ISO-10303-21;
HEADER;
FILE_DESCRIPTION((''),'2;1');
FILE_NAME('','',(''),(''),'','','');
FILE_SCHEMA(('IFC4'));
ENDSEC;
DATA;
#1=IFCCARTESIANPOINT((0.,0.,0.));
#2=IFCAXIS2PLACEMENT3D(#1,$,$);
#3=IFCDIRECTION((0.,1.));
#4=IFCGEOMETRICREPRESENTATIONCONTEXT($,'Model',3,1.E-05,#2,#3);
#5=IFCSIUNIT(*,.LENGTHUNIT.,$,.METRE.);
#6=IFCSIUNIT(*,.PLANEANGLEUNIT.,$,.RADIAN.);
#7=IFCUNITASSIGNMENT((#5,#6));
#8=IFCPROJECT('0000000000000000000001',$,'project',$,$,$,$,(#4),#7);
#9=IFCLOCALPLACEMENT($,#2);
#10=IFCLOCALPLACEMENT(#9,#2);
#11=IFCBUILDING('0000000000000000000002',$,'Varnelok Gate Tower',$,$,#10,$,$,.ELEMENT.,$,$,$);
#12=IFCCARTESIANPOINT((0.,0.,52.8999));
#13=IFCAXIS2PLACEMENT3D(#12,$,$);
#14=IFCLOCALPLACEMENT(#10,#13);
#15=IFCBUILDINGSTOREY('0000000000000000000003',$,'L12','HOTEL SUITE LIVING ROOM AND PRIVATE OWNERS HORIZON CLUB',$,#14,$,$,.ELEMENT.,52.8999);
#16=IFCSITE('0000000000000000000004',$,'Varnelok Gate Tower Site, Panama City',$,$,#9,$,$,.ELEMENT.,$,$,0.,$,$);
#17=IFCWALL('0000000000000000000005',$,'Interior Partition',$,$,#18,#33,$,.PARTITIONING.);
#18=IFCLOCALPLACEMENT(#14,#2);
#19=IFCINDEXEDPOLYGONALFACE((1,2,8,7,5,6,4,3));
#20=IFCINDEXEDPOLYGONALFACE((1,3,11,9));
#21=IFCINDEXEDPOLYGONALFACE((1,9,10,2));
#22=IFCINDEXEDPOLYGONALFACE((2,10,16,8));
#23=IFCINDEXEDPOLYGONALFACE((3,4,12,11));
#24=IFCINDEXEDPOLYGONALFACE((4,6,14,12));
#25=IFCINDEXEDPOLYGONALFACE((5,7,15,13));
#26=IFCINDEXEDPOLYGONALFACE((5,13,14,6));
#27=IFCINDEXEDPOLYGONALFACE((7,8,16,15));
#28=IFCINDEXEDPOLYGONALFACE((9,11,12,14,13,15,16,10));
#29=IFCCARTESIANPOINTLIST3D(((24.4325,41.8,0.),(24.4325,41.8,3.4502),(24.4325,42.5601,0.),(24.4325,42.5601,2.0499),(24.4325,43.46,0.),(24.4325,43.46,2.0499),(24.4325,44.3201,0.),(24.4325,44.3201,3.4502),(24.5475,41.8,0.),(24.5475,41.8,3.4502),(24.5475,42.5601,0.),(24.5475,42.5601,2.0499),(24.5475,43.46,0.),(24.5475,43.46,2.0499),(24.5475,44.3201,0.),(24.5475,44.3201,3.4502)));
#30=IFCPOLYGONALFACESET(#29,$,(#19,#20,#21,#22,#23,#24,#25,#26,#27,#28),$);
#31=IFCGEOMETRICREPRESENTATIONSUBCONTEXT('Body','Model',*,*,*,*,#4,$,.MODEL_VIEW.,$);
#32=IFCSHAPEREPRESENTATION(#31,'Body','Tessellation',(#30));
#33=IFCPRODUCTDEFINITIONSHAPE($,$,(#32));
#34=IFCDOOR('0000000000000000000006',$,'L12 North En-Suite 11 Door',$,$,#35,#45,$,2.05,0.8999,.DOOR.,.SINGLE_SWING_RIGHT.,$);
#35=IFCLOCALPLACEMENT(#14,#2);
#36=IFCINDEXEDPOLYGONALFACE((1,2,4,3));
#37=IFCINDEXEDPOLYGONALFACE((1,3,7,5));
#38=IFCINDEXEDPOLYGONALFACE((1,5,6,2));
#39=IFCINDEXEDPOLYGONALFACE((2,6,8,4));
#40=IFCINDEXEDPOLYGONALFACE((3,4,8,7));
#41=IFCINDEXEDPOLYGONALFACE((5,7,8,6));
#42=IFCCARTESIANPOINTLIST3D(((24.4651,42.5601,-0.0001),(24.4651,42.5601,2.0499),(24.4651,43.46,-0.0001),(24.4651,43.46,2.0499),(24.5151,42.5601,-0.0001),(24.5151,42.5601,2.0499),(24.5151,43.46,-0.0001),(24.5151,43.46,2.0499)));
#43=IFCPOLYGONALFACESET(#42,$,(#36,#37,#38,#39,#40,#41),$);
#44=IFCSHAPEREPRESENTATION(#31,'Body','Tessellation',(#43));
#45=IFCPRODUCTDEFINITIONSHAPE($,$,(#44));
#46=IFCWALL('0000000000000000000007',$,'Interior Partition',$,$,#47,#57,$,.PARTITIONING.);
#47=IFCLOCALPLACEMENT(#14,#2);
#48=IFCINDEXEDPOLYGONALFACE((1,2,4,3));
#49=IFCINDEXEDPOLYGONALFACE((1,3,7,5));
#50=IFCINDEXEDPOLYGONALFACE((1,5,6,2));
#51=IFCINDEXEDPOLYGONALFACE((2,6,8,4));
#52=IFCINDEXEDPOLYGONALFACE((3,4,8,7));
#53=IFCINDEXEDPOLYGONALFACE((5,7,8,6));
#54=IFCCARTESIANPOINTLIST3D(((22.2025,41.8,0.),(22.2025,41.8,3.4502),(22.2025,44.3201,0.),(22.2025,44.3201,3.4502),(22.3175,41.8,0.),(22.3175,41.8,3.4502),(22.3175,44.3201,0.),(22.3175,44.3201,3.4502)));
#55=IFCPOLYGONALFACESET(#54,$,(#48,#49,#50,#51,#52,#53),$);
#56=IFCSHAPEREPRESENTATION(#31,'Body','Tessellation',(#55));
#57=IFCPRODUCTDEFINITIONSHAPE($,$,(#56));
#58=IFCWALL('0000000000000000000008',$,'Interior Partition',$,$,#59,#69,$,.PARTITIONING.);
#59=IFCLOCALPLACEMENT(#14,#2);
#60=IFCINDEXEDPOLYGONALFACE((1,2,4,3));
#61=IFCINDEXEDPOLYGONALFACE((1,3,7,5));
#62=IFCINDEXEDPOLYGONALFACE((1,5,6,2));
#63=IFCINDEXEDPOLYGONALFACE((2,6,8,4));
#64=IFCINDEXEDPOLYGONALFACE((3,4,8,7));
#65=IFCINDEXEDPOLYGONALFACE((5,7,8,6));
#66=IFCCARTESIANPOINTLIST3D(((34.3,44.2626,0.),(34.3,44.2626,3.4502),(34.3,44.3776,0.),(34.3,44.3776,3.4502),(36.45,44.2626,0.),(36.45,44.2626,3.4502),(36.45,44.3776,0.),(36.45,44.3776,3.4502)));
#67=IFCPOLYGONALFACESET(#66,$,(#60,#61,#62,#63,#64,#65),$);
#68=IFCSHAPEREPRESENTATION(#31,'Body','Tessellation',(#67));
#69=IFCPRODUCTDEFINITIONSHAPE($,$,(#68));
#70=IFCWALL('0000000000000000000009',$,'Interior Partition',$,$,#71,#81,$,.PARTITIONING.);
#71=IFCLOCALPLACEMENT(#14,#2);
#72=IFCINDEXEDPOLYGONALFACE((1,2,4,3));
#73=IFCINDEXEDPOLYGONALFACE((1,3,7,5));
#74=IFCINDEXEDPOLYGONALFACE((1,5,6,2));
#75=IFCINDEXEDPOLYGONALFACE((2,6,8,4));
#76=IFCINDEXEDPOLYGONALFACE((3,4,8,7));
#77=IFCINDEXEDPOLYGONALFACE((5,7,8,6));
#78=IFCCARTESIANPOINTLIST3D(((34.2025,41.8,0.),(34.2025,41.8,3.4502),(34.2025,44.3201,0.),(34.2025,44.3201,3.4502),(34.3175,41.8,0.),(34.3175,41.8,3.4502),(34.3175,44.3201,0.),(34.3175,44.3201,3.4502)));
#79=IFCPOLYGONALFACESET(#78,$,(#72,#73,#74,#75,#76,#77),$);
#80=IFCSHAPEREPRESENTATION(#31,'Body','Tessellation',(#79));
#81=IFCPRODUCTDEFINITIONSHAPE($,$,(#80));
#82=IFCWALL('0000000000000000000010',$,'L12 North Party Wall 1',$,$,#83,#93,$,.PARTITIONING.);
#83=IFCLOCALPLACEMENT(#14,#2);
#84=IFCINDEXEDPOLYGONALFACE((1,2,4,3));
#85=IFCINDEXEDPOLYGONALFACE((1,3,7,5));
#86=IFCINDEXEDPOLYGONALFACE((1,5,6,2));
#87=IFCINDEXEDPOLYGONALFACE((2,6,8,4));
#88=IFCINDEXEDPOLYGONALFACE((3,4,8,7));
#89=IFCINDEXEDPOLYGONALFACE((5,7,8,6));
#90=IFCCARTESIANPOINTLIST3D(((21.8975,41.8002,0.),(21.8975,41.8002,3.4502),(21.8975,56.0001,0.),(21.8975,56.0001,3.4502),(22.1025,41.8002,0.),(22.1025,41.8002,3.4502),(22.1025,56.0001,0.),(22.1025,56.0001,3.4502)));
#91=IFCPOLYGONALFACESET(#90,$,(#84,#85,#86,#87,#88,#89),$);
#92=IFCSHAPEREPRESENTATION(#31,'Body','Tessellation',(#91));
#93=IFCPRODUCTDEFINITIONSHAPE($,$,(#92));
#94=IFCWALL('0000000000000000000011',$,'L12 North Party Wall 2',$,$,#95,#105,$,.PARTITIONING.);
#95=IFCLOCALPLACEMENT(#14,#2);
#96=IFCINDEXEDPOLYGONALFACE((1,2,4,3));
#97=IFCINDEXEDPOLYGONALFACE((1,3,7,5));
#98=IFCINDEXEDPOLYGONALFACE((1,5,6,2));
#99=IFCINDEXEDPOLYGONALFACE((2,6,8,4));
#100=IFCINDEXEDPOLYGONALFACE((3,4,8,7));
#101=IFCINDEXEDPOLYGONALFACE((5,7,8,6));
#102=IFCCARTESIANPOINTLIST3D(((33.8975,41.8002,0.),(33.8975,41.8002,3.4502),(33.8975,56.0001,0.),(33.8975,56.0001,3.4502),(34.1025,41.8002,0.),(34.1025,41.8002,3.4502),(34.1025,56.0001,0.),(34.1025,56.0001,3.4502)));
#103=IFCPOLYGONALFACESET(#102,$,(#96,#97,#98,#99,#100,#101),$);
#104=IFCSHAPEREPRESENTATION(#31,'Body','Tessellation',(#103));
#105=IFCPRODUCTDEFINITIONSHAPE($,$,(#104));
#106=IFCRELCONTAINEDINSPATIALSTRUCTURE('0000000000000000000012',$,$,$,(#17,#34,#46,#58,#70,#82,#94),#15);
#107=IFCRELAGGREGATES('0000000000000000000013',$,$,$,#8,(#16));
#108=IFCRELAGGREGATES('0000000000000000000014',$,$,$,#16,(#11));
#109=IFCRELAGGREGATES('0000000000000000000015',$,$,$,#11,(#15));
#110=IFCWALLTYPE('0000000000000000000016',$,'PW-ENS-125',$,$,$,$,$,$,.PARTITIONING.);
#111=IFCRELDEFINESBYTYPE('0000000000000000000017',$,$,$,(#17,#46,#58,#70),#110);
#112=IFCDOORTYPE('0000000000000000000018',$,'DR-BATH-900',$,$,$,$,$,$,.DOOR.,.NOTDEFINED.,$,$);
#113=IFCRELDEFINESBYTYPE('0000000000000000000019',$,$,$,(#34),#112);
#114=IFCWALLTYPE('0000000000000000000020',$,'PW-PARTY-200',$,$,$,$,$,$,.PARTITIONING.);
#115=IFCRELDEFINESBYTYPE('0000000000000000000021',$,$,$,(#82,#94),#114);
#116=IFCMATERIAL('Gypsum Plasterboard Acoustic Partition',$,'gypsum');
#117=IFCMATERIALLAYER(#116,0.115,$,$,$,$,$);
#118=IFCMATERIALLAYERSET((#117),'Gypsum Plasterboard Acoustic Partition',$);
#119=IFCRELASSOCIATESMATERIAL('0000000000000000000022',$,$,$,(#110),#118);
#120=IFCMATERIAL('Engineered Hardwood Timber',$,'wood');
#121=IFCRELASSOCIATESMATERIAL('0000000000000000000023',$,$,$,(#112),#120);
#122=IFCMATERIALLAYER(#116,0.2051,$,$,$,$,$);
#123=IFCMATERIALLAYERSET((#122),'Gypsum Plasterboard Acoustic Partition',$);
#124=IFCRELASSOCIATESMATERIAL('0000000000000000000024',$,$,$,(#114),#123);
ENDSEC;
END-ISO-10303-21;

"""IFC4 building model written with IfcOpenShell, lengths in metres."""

from ifc_helpers import new_model, si_unit, direction, frame, frame_2d, origin, place, context, subcontext, project, spatial, rectangle, extrude, material, layer, layer_set, type_object, element, fill, save


model = new_model("IFC4")

# Units and contexts
model_context = context("Model", 3, precision=1e-05, world=origin(), true_north=direction((0.0, 1.0)))
body_context = subcontext(model_context, "Body", "Model", "MODEL_VIEW")
ifc_project = project(units=[si_unit("LENGTHUNIT", "METRE"), si_unit("PLANEANGLEUNIT", "RADIAN")], contexts=[model_context])

# Site, building, storey
site_placement = place(None, origin())
site = spatial("IfcSite", under=ifc_project, at=site_placement, Name="Varnelok Gate Tower Site, Panama City", CompositionType="ELEMENT", RefElevation=0.0)
building_placement = place(site_placement, origin())
building = spatial("IfcBuilding", under=site, at=building_placement, Name="Varnelok Gate Tower", CompositionType="ELEMENT")
storey_placement = place(building_placement, frame((0.0, 0.0, 52.8999)))
storey = spatial("IfcBuildingStorey", under=building, at=storey_placement, Name="L12", Description="HOTEL SUITE LIVING ROOM AND PRIVATE OWNERS HORIZON CLUB", CompositionType="ELEMENT", Elevation=52.8999)

# Shared definitions
ifc_material_1 = material(Name="Gypsum Plasterboard Acoustic Partition", Category="gypsum")
ifc_material_2 = material(Name="Engineered Hardwood Timber", Category="wood")

# Shared definitions
ifc_layer_1 = layer(ifc_material_1, 0.115)
ifc_layer_set_1 = layer_set([ifc_layer_1], Name="Gypsum Plasterboard Acoustic Partition")
wall_type_1 = type_object("IfcWallType", Name="PW-ENS-125", PredefinedType="PARTITIONING", material=ifc_layer_set_1)

# Shared definitions
door_type_1 = type_object("IfcDoorType", Name="DR-BATH-900", OperationType="NOTDEFINED", PredefinedType="DOOR", material=ifc_material_2)

# Wall, opening, door
wall_1_placement = place(storey_placement, frame((24.49, 41.8, 0.0), z_axis=(0.0, 0.0, 1.0), x_axis=(0.0, 1.0, 0.0)))
wall_1 = element("IfcWall", 1, at=wall_1_placement, inside=storey, type_object=wall_type_1, Name="Interior Partition", PredefinedType="PARTITIONING", context=body_context, shape_type="SweptSolid", body=[
    extrude(rectangle(XDim=2.52, YDim=0.115, at=frame_2d((1.26, 0.0))), origin(), (0.0, 0.0, 1.0), 3.4502),
])
opening_1_placement = place(wall_1_placement, frame((0.76, 0.0, 0.0)))
opening_1 = element("IfcOpeningElement", 2, at=opening_1_placement, cuts=wall_1, PredefinedType="OPENING", context=body_context, shape_type="SweptSolid", body=[
    extrude(rectangle(XDim=0.8999, YDim=2.05, at=frame_2d((0.45, 1.0249))), frame((0.0, 0.0674, 0.0), z_axis=(0.0, -1.0, 0.0), x_axis=(1.0, 0.0, 0.0)), (0.0, 0.0, 1.0), 0.135),
])
door_1_placement = place(opening_1_placement, origin())
door_1 = element("IfcDoor", 3, at=door_1_placement, inside=storey, type_object=door_type_1, Name="L12 North En-Suite 11 Door", OperationType="SINGLE_SWING_RIGHT", OverallHeight=2.05, OverallWidth=0.8999, PredefinedType="DOOR", context=body_context, shape_type="SweptSolid", body=[
    extrude(rectangle(XDim=0.8999, YDim=2.05, at=frame_2d((0.45, 1.0249))), frame((0.0, 0.0249, 0.0), z_axis=(0.0, -1.0, 0.0), x_axis=(1.0, 0.0, 0.0)), (0.0, 0.0, 1.0), 0.05),
])
fill(opening_1, door_1)

# Walls
wall_2_placement = place(storey_placement, frame((22.26, 41.8, 0.0), z_axis=(0.0, 0.0, 1.0), x_axis=(0.0, 1.0, 0.0)))
element("IfcWall", 4, at=wall_2_placement, inside=storey, type_object=wall_type_1, Name="Interior Partition", PredefinedType="PARTITIONING", context=body_context, shape_type="SweptSolid", body=[
    extrude(rectangle(XDim=2.52, YDim=0.115, at=frame_2d((1.26, 0.0))), origin(), (0.0, 0.0, 1.0), 3.4502),
])
wall_3_placement = place(storey_placement, frame((34.3, 44.3201, 0.0), z_axis=(0.0, 0.0, 1.0), x_axis=(1.0, 0.0, 0.0)))
element("IfcWall", 5, at=wall_3_placement, inside=storey, type_object=wall_type_1, Name="Interior Partition", PredefinedType="PARTITIONING", context=body_context, shape_type="SweptSolid", body=[
    extrude(rectangle(XDim=2.1499, YDim=0.115, at=frame_2d((1.075, 0.0))), origin(), (0.0, 0.0, 1.0), 3.4502),
])
wall_4_placement = place(storey_placement, frame((34.26, 41.8, 0.0), z_axis=(0.0, 0.0, 1.0), x_axis=(0.0, 1.0, 0.0)))
element("IfcWall", 6, at=wall_4_placement, inside=storey, type_object=wall_type_1, Name="Interior Partition", PredefinedType="PARTITIONING", context=body_context, shape_type="SweptSolid", body=[
    extrude(rectangle(XDim=2.52, YDim=0.115, at=frame_2d((1.26, 0.0))), origin(), (0.0, 0.0, 1.0), 3.4502),
])
ifc_layer_2 = layer(ifc_material_1, 0.2051)
ifc_layer_set_2 = layer_set([ifc_layer_2], Name="Gypsum Plasterboard Acoustic Partition")
wall_type_2 = type_object("IfcWallType", Name="PW-PARTY-200", PredefinedType="PARTITIONING", material=ifc_layer_set_2)
for number, where, z_axis, x_axis, name in (
    (7, (22.0, 41.8, 0.0), (0.0, 0.0, 1.0), (0.0, 1.0, 0.0), "L12 North Party Wall 1"),
    (8, (34.0, 41.8, 0.0), (0.0, 0.0, 1.0), (0.0, 1.0, 0.0), "L12 North Party Wall 2"),
):
    element("IfcWall", number, at=place(storey_placement, frame(where, z_axis=z_axis, x_axis=x_axis)), inside=storey, type_object=wall_type_2, Name=name, PredefinedType="PARTITIONING", context=body_context, shape_type="SweptSolid", body=[
        extrude(rectangle(XDim=14.2, YDim=0.2051, at=frame_2d((7.1001, 0.0))), origin(), (0.0, 0.0, 1.0), 3.4502),
    ])

save(model, "model.ifc")
